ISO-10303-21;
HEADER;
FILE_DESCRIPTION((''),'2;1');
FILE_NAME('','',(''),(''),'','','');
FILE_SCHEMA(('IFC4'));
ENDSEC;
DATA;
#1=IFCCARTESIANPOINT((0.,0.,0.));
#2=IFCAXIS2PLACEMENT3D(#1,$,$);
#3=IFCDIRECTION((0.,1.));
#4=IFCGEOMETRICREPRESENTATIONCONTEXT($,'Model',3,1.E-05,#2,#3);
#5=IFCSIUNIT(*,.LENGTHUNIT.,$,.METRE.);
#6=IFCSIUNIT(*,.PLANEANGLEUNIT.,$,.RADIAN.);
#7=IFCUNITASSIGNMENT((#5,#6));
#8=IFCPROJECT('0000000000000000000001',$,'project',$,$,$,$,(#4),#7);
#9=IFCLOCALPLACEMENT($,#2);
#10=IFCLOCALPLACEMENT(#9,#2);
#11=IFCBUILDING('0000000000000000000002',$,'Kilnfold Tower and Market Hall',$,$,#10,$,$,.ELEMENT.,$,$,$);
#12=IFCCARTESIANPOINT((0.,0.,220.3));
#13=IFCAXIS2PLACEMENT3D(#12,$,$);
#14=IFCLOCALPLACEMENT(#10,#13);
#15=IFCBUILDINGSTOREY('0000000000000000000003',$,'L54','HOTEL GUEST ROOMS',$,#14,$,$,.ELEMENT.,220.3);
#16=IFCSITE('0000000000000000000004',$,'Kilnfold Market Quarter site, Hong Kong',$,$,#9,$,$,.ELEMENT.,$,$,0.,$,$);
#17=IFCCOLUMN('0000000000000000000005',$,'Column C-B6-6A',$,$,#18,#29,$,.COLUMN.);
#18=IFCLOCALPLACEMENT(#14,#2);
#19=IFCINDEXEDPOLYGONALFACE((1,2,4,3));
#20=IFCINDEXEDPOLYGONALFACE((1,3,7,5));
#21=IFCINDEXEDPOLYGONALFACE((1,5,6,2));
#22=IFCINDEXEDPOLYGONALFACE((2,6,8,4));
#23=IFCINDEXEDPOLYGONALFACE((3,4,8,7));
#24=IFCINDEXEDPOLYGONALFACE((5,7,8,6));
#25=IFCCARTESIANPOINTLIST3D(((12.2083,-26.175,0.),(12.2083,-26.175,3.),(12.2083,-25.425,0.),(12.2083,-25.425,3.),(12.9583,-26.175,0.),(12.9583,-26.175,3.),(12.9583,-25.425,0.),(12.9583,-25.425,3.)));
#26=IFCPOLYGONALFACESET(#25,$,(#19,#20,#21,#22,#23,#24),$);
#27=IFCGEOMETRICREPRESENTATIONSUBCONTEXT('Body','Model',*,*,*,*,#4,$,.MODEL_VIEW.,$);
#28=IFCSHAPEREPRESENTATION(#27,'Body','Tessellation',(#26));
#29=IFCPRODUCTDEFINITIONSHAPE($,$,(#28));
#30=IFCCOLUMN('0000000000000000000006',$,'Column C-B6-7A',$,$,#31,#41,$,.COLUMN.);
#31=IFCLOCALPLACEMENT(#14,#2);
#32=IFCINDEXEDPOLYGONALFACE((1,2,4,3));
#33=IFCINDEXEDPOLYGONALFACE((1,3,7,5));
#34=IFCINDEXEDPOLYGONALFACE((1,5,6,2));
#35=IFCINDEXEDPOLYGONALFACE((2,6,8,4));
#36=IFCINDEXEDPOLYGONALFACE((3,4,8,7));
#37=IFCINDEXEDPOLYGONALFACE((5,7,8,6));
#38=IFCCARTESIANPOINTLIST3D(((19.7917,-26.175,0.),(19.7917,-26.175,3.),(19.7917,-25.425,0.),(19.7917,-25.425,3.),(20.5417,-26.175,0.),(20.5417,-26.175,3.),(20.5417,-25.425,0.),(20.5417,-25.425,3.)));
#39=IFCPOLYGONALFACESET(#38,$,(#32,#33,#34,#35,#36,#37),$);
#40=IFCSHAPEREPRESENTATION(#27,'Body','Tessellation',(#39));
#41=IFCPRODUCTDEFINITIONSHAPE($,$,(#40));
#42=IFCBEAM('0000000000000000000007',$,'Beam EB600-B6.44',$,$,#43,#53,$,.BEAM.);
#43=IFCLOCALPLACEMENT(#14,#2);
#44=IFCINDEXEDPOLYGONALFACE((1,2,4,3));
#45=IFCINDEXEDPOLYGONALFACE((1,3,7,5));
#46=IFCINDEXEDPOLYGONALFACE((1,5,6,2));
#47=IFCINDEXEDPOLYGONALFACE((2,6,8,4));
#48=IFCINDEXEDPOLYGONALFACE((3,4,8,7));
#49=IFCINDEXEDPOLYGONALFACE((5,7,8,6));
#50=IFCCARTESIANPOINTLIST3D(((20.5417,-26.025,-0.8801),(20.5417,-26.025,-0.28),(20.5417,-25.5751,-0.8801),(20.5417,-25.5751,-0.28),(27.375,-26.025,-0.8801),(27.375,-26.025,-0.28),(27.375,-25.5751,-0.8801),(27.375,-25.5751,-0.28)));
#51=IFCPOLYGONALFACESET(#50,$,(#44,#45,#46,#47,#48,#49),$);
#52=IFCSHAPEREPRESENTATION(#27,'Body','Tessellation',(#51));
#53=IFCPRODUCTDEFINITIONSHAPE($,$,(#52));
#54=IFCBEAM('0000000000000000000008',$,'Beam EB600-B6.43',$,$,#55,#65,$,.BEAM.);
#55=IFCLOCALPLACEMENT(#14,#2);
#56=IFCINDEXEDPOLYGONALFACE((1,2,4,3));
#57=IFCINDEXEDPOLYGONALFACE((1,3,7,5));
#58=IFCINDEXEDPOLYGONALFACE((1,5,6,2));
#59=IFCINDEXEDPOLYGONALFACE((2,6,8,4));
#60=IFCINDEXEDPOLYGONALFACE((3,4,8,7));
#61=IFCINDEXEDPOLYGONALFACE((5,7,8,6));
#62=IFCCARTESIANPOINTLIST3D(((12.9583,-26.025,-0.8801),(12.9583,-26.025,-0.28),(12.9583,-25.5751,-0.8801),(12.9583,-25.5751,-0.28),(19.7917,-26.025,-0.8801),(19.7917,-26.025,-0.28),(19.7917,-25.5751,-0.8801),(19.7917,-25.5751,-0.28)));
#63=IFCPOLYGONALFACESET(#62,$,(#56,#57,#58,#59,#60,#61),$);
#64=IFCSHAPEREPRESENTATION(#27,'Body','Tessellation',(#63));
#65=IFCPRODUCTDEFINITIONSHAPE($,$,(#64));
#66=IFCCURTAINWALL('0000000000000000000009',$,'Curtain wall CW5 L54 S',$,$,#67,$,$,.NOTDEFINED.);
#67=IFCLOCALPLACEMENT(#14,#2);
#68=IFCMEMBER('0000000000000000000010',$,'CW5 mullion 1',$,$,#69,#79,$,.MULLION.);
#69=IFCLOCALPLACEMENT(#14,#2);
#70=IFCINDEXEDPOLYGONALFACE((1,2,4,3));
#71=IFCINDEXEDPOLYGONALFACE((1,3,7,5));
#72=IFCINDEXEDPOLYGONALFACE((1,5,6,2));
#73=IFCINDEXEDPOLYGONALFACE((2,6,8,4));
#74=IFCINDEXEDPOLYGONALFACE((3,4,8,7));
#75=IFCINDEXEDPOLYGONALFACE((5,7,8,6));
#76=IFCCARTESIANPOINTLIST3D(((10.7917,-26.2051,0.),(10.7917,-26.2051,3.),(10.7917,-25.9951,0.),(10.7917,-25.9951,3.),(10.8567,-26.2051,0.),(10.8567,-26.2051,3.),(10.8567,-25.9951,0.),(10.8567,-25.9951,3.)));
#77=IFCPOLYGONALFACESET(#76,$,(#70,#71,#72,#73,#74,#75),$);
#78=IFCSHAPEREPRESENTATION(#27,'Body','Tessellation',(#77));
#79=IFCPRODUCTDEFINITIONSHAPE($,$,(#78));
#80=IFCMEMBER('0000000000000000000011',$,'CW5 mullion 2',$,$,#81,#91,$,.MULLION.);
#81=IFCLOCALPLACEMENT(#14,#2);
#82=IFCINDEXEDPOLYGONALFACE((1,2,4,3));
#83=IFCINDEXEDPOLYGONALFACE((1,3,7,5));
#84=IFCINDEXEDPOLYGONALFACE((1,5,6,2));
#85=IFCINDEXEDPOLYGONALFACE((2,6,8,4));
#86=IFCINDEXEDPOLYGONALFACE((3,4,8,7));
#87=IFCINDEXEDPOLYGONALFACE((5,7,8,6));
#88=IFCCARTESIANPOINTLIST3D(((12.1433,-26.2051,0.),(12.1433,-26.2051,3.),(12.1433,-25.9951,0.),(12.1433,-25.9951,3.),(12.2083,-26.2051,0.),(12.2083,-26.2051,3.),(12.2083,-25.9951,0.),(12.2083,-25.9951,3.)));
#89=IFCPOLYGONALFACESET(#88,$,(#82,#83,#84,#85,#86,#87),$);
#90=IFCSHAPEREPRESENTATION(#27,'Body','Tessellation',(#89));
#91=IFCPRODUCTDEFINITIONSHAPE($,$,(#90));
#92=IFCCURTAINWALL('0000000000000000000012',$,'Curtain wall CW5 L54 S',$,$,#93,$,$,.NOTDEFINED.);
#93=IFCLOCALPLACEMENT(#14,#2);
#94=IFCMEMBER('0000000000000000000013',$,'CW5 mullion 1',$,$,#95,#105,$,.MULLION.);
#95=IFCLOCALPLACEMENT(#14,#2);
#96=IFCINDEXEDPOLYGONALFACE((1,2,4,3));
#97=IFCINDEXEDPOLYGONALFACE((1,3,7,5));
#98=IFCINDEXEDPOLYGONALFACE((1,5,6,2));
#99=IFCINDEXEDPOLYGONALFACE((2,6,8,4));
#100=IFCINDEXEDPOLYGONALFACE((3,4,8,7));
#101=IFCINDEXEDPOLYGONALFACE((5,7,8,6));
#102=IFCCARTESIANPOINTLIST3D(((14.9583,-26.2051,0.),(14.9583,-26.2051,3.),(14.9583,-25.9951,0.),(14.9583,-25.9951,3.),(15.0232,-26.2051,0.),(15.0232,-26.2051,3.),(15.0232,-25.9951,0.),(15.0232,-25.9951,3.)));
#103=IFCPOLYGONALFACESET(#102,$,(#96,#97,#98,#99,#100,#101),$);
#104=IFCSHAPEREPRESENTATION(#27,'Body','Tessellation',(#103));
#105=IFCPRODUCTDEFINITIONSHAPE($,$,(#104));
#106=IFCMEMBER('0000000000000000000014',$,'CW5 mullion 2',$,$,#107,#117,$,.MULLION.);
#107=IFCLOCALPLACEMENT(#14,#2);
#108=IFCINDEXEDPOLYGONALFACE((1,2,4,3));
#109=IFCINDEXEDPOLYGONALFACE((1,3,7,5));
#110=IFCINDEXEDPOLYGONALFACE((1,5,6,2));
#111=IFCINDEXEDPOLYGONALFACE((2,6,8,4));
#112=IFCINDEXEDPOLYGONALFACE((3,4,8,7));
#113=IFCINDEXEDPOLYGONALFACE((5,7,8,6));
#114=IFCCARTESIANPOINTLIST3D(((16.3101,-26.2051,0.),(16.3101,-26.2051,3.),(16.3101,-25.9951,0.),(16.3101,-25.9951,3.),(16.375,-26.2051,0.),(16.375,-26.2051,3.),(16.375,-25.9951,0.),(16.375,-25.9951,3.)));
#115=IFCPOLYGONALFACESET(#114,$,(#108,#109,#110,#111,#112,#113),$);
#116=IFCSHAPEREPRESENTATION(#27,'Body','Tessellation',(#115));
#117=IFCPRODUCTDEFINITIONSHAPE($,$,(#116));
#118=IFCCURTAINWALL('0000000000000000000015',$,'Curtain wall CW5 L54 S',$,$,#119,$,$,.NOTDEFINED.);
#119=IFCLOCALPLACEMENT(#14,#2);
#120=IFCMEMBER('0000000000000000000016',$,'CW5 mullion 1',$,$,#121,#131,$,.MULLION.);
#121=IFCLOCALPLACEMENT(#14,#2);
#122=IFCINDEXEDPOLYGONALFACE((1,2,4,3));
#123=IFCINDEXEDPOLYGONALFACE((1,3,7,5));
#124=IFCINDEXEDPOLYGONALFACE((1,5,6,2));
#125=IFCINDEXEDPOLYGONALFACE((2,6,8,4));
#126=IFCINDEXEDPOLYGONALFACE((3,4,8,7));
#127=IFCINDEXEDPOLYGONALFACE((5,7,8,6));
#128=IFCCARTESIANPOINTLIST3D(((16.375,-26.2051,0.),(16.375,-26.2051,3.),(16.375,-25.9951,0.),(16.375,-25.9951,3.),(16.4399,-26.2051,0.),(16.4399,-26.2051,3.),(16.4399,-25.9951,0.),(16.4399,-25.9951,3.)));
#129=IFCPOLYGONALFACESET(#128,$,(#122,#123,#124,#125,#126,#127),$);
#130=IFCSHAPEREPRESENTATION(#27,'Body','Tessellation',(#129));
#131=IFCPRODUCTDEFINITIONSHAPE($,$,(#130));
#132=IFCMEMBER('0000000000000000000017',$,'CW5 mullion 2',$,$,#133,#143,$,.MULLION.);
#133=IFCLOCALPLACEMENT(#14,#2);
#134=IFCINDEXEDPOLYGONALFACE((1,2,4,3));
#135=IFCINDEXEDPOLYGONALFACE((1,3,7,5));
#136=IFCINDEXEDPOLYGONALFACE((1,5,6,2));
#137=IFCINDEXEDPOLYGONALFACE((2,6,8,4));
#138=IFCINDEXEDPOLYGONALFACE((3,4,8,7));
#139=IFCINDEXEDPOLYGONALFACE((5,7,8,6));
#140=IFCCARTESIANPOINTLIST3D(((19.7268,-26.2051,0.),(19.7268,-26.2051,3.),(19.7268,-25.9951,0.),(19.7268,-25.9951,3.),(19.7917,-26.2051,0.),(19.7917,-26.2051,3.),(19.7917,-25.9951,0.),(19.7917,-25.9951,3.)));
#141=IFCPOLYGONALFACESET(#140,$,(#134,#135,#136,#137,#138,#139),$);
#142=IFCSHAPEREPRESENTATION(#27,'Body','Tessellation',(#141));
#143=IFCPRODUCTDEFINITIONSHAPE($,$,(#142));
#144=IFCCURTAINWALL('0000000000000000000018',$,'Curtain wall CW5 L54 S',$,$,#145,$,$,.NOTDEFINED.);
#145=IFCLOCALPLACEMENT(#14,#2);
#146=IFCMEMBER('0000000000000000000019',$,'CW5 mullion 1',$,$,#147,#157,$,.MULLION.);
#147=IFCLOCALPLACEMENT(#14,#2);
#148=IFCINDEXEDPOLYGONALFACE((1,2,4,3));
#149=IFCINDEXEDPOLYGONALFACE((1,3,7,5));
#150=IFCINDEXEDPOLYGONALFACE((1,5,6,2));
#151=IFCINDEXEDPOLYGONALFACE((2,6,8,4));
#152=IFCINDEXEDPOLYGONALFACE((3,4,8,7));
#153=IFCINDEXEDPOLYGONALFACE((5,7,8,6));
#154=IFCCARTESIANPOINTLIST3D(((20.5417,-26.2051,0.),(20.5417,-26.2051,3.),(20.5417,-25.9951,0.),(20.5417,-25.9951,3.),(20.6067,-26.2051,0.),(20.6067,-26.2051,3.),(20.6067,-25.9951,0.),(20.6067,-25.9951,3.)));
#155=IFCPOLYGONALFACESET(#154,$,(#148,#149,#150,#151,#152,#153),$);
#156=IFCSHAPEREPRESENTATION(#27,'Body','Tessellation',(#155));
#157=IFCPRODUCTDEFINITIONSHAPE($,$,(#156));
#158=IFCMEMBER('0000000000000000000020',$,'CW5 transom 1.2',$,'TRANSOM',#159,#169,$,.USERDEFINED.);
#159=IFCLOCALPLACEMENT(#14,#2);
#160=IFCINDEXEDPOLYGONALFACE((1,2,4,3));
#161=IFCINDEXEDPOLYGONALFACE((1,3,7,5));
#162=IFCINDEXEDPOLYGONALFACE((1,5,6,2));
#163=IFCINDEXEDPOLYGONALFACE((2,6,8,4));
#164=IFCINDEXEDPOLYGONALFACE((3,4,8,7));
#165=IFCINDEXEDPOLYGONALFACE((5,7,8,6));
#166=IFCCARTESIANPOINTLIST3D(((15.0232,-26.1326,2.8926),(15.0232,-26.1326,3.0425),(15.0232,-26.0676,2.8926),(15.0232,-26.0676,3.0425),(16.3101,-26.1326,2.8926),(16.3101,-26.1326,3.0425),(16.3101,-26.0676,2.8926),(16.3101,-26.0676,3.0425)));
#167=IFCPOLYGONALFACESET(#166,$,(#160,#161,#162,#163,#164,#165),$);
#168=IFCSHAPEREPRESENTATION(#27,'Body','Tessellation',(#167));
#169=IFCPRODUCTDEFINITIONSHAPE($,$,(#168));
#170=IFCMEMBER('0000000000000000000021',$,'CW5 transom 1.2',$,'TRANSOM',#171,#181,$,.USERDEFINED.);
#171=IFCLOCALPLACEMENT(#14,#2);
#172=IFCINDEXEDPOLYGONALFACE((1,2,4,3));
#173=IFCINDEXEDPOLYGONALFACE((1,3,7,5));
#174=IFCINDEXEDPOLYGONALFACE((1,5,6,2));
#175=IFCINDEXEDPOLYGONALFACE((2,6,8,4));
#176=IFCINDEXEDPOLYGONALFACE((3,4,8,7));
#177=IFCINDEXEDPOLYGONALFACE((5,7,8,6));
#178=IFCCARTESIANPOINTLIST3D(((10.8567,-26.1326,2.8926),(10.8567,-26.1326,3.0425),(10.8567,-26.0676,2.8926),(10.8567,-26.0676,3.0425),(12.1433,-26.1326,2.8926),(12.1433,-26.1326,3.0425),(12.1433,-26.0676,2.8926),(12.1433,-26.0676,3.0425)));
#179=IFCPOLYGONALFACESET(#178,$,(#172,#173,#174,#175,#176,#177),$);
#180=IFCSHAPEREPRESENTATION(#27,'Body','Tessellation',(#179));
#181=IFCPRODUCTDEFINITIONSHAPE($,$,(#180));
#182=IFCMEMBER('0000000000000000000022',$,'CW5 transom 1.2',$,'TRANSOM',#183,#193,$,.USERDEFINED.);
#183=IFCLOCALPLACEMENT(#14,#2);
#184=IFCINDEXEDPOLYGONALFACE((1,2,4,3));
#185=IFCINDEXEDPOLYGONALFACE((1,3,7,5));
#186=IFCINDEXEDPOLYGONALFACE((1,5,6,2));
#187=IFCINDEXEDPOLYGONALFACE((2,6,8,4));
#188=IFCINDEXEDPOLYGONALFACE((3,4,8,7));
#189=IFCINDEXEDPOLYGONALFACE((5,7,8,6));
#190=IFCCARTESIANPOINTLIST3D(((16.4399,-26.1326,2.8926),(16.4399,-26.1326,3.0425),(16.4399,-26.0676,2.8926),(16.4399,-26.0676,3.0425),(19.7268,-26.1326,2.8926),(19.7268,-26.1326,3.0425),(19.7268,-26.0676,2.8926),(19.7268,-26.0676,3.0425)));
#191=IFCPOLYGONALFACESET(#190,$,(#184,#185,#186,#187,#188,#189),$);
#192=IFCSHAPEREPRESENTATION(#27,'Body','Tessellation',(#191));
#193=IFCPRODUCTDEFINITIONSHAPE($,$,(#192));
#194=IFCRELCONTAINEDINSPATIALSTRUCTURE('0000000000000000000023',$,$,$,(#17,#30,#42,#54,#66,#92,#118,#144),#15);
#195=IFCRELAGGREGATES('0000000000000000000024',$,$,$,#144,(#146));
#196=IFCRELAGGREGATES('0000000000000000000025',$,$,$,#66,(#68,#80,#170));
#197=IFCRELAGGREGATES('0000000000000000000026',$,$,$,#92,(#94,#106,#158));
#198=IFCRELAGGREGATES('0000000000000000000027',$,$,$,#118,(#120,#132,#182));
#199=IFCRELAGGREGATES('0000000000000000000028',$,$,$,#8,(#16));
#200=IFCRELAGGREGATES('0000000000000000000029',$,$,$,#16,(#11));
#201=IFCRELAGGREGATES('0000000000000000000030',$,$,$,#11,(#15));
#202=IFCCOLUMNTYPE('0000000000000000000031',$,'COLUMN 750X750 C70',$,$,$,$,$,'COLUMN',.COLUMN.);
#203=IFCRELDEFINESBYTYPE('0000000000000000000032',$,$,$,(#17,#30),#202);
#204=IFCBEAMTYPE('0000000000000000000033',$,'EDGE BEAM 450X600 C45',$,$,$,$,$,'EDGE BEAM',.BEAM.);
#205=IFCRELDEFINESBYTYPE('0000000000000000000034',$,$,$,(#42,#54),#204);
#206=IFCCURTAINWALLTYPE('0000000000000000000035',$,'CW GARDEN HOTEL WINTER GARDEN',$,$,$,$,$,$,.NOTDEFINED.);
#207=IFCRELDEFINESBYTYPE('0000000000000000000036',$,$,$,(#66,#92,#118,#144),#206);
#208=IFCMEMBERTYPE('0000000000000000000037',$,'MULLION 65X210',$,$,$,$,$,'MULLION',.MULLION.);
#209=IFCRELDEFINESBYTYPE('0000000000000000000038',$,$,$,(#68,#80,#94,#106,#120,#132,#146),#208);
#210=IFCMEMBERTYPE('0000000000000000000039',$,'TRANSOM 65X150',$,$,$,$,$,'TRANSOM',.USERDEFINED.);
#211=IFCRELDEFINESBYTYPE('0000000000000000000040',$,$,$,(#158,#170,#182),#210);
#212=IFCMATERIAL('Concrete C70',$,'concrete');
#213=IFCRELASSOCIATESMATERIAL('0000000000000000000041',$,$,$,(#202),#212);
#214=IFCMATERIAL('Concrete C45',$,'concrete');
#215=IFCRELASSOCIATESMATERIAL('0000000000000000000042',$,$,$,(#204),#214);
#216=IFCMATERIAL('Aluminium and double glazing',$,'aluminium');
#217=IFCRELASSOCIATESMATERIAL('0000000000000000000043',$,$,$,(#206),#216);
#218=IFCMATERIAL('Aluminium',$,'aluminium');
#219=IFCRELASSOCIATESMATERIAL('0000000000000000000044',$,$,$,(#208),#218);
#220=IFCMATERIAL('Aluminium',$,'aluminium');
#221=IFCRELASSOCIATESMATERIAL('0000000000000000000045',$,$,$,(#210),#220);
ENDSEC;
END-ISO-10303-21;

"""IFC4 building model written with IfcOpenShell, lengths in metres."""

from ifc_helpers import new_model, si_unit, direction, frame, origin, origin_2d, place, context, subcontext, project, spatial, rectangle, extrude, source, transform, mapped, material, material_profile, profile_set, type_object, element, aggregate, save


model = new_model("IFC4")

# Units and contexts
model_context = context("Model", 3, precision=1e-05, world=origin(), true_north=direction((0.0, 1.0)))
body_context = subcontext(model_context, "Body", "Model", "MODEL_VIEW")
ifc_project = project(units=[si_unit("LENGTHUNIT", "METRE"), si_unit("PLANEANGLEUNIT", "RADIAN")], contexts=[model_context])

# Site, building, storey
site_placement = place(None, origin())
site = spatial("IfcSite", under=ifc_project, at=site_placement, Name="Kilnfold Market Quarter site, Hong Kong", CompositionType="ELEMENT", RefElevation=0.0)
building_placement = place(site_placement, origin())
building = spatial("IfcBuilding", under=site, at=building_placement, Name="Kilnfold Tower and Market Hall", CompositionType="ELEMENT")
storey_placement = place(building_placement, frame((0.0, 0.0, 220.3)))
storey = spatial("IfcBuildingStorey", under=building, at=storey_placement, Name="L54", Description="HOTEL GUEST ROOMS", CompositionType="ELEMENT", Elevation=220.3)

# Columns
ifc_material_1 = material(Name="Concrete C70", Category="concrete")
ifc_material_profile_1 = material_profile(ifc_material_1, rectangle(XDim=0.75, YDim=0.75, at=origin_2d()), Name="RC 750x750")
ifc_profile_set_1 = profile_set([ifc_material_profile_1], Name="Concrete C70")
column_type = type_object("IfcColumnType", Name="COLUMN 750X750 C70", ElementType="COLUMN", PredefinedType="COLUMN", material=ifc_profile_set_1)
shared_shape_1 = source(origin(), body_context, "Body", "SweptSolid", [
    extrude(rectangle(XDim=0.75, YDim=0.75, at=origin_2d()), origin(), (0.0, 0.0, 1.0), 3.0),
])
for number, where, z_axis, x_axis, name in (
    (1, (12.5833, -25.8, 0.0), (0.0, 0.0, 1.0), (1.0, 0.0, 0.0), "Column C-B6-6A"),
    (2, (20.1667, -25.8, 0.0), (0.0, 0.0, 1.0), (1.0, 0.0, 0.0), "Column C-B6-7A"),
):
    element("IfcColumn", number, at=place(storey_placement, frame(where, z_axis=z_axis, x_axis=x_axis)), inside=storey, type_object=column_type, Name=name, PredefinedType="COLUMN", context=body_context, shape_type="MappedRepresentation", body=[
        mapped(shared_shape_1, transform((0.0, 0.0, 0.0))),
    ])

# Beams
ifc_material_2 = material(Name="Concrete C45", Category="concrete")
ifc_material_profile_2 = material_profile(ifc_material_2, rectangle(XDim=0.45, YDim=0.6001, at=origin_2d()), Name="RC 450x600")
ifc_profile_set_2 = profile_set([ifc_material_profile_2], Name="Concrete C45")
beam_type = type_object("IfcBeamType", Name="EDGE BEAM 450X600 C45", ElementType="EDGE BEAM", PredefinedType="BEAM", material=ifc_profile_set_2)
shared_shape_2 = source(origin(), body_context, "Body", "SweptSolid", [
    extrude(rectangle(XDim=0.45, YDim=0.6001, at=origin_2d()), origin(), (0.0, 0.0, 1.0), 6.8333),
])
beam_1_placement = place(storey_placement, frame((20.5417, -25.8, -0.5801), z_axis=(1.0, 0.0, 0.0), x_axis=(0.0, 1.0, 0.0)))
element("IfcBeam", 3, at=beam_1_placement, inside=storey, type_object=beam_type, Name="Beam EB600-B6.44", PredefinedType="BEAM", context=body_context, shape_type="MappedRepresentation", body=[
    mapped(shared_shape_2, transform((0.0, 0.0, 0.0))),
])
shared_shape_3 = source(origin(), body_context, "Body", "SweptSolid", [
    extrude(rectangle(XDim=0.45, YDim=0.6001, at=origin_2d()), origin(), (0.0, 0.0, 1.0), 6.8335),
])
beam_2_placement = place(storey_placement, frame((12.9583, -25.8, -0.5801), z_axis=(1.0, 0.0, 0.0), x_axis=(0.0, 1.0, 0.0)))
element("IfcBeam", 4, at=beam_2_placement, inside=storey, type_object=beam_type, Name="Beam EB600-B6.43", PredefinedType="BEAM", context=body_context, shape_type="MappedRepresentation", body=[
    mapped(shared_shape_3, transform((0.0, 0.0, 0.0))),
])

# Curtain walls, members
ifc_material_3 = material(Name="Aluminium and double glazing", Category="aluminium")
curtain_wall_type = type_object("IfcCurtainWallType", Name="CW GARDEN HOTEL WINTER GARDEN", PredefinedType="NOTDEFINED", material=ifc_material_3)
curtain_wall_1_placement = place(storey_placement, origin())
curtain_wall_1 = element("IfcCurtainWall", 5, at=curtain_wall_1_placement, inside=storey, type_object=curtain_wall_type, Name="Curtain wall CW5 L54 S", PredefinedType="NOTDEFINED")
ifc_material_4 = material(Name="Aluminium", Category="aluminium")
ifc_material_profile_3 = material_profile(ifc_material_4, rectangle(XDim=0.0649, YDim=0.21, at=origin_2d()), Name="MULLION 65x210")
ifc_profile_set_3 = profile_set([ifc_material_profile_3], Name="Aluminium")
member_type_1 = type_object("IfcMemberType", Name="MULLION 65X210", ElementType="MULLION", PredefinedType="MULLION", material=ifc_profile_set_3)
shared_shape_4 = source(origin(), body_context, "Body", "SweptSolid", [
    extrude(rectangle(XDim=0.0649, YDim=0.21, at=origin_2d()), origin(), (0.0, 0.0, 1.0), 3.0),
])
member_1_placement = place(storey_placement, frame((10.8242, -26.1001, 0.0), z_axis=(0.0, 0.0, 1.0), x_axis=(1.0, 0.0, 0.0)))
member_1 = element("IfcMember", 6, at=member_1_placement, type_object=member_type_1, Name="CW5 mullion 1", PredefinedType="MULLION", context=body_context, shape_type="MappedRepresentation", body=[
    mapped(shared_shape_4, transform((0.0, 0.0, 0.0))),
])
member_2_placement = place(storey_placement, frame((12.1758, -26.1001, 0.0), z_axis=(0.0, 0.0, 1.0), x_axis=(1.0, 0.0, 0.0)))
member_2 = element("IfcMember", 7, at=member_2_placement, type_object=member_type_1, Name="CW5 mullion 2", PredefinedType="MULLION", context=body_context, shape_type="MappedRepresentation", body=[
    mapped(shared_shape_4, transform((0.0, 0.0, 0.0))),
])
curtain_wall_2_placement = place(storey_placement, origin())
curtain_wall_2 = element("IfcCurtainWall", 8, at=curtain_wall_2_placement, inside=storey, type_object=curtain_wall_type, Name="Curtain wall CW5 L54 S", PredefinedType="NOTDEFINED")
member_3_placement = place(storey_placement, frame((14.9907, -26.1001, 0.0), z_axis=(0.0, 0.0, 1.0), x_axis=(1.0, 0.0, 0.0)))
member_3 = element("IfcMember", 9, at=member_3_placement, type_object=member_type_1, Name="CW5 mullion 1", PredefinedType="MULLION", context=body_context, shape_type="MappedRepresentation", body=[
    mapped(shared_shape_4, transform((0.0, 0.0, 0.0))),
])
member_4_placement = place(storey_placement, frame((16.3425, -26.1001, 0.0), z_axis=(0.0, 0.0, 1.0), x_axis=(1.0, 0.0, 0.0)))
member_4 = element("IfcMember", 10, at=member_4_placement, type_object=member_type_1, Name="CW5 mullion 2", PredefinedType="MULLION", context=body_context, shape_type="MappedRepresentation", body=[
    mapped(shared_shape_4, transform((0.0, 0.0, 0.0))),
])
curtain_wall_3_placement = place(storey_placement, origin())
curtain_wall_3 = element("IfcCurtainWall", 11, at=curtain_wall_3_placement, inside=storey, type_object=curtain_wall_type, Name="Curtain wall CW5 L54 S", PredefinedType="NOTDEFINED")
member_5_placement = place(storey_placement, frame((16.4075, -26.1001, 0.0), z_axis=(0.0, 0.0, 1.0), x_axis=(1.0, 0.0, 0.0)))
member_5 = element("IfcMember", 12, at=member_5_placement, type_object=member_type_1, Name="CW5 mullion 1", PredefinedType="MULLION", context=body_context, shape_type="MappedRepresentation", body=[
    mapped(shared_shape_4, transform((0.0, 0.0, 0.0))),
])
member_6_placement = place(storey_placement, frame((19.7593, -26.1001, 0.0), z_axis=(0.0, 0.0, 1.0), x_axis=(1.0, 0.0, 0.0)))
member_6 = element("IfcMember", 13, at=member_6_placement, type_object=member_type_1, Name="CW5 mullion 2", PredefinedType="MULLION", context=body_context, shape_type="MappedRepresentation", body=[
    mapped(shared_shape_4, transform((0.0, 0.0, 0.0))),
])

# Curtain wall, member
curtain_wall_4_placement = place(storey_placement, origin())
curtain_wall_4 = element("IfcCurtainWall", 14, at=curtain_wall_4_placement, inside=storey, type_object=curtain_wall_type, Name="Curtain wall CW5 L54 S", PredefinedType="NOTDEFINED")
member_7_placement = place(storey_placement, frame((20.5742, -26.1001, 0.0), z_axis=(0.0, 0.0, 1.0), x_axis=(1.0, 0.0, 0.0)))
member_7 = element("IfcMember", 15, at=member_7_placement, type_object=member_type_1, Name="CW5 mullion 1", PredefinedType="MULLION", context=body_context, shape_type="MappedRepresentation", body=[
    mapped(shared_shape_4, transform((0.0, 0.0, 0.0))),
])

# Members
ifc_material_5 = material(Name="Aluminium", Category="aluminium")
ifc_material_profile_4 = material_profile(ifc_material_5, rectangle(XDim=0.0649, YDim=0.1499, at=origin_2d()), Name="TRANSOM 65x150")
ifc_profile_set_4 = profile_set([ifc_material_profile_4], Name="Aluminium")
member_type_2 = type_object("IfcMemberType", Name="TRANSOM 65X150", ElementType="TRANSOM", PredefinedType="USERDEFINED", material=ifc_profile_set_4)
shared_shape_5 = source(origin(), body_context, "Body", "SweptSolid", [
    extrude(rectangle(XDim=0.0649, YDim=0.1499, at=origin_2d()), origin(), (0.0, 0.0, 1.0), 1.2869),
])
member_8_placement = place(storey_placement, frame((15.0232, -26.1001, 2.9675), z_axis=(1.0, 0.0, 0.0), x_axis=(0.0, 1.0, 0.0)))
member_8 = element("IfcMember", 16, at=member_8_placement, type_object=member_type_2, Name="CW5 transom 1.2", ObjectType="TRANSOM", PredefinedType="USERDEFINED", context=body_context, shape_type="MappedRepresentation", body=[
    mapped(shared_shape_5, transform((0.0, 0.0, 0.0))),
])
shared_shape_6 = source(origin(), body_context, "Body", "SweptSolid", [
    extrude(rectangle(XDim=0.0649, YDim=0.1499, at=origin_2d()), origin(), (0.0, 0.0, 1.0), 1.2866),
])
member_9_placement = place(storey_placement, frame((10.8567, -26.1001, 2.9675), z_axis=(1.0, 0.0, 0.0), x_axis=(0.0, 1.0, 0.0)))
member_9 = element("IfcMember", 17, at=member_9_placement, type_object=member_type_2, Name="CW5 transom 1.2", ObjectType="TRANSOM", PredefinedType="USERDEFINED", context=body_context, shape_type="MappedRepresentation", body=[
    mapped(shared_shape_6, transform((0.0, 0.0, 0.0))),
])
shared_shape_7 = source(origin(), body_context, "Body", "SweptSolid", [
    extrude(rectangle(XDim=0.0649, YDim=0.1499, at=origin_2d()), origin(), (0.0, 0.0, 1.0), 3.2869),
])
member_10_placement = place(storey_placement, frame((16.4399, -26.1001, 2.9675), z_axis=(1.0, 0.0, 0.0), x_axis=(0.0, 1.0, 0.0)))
member_10 = element("IfcMember", 18, at=member_10_placement, type_object=member_type_2, Name="CW5 transom 1.2", ObjectType="TRANSOM", PredefinedType="USERDEFINED", context=body_context, shape_type="MappedRepresentation", body=[
    mapped(shared_shape_7, transform((0.0, 0.0, 0.0))),
])
aggregate(curtain_wall_4, [member_7])

aggregate(curtain_wall_1, [member_1, member_2, member_9])
aggregate(curtain_wall_2, [member_3, member_4, member_8])
aggregate(curtain_wall_3, [member_5, member_6, member_10])

save(model, "model.ifc")
